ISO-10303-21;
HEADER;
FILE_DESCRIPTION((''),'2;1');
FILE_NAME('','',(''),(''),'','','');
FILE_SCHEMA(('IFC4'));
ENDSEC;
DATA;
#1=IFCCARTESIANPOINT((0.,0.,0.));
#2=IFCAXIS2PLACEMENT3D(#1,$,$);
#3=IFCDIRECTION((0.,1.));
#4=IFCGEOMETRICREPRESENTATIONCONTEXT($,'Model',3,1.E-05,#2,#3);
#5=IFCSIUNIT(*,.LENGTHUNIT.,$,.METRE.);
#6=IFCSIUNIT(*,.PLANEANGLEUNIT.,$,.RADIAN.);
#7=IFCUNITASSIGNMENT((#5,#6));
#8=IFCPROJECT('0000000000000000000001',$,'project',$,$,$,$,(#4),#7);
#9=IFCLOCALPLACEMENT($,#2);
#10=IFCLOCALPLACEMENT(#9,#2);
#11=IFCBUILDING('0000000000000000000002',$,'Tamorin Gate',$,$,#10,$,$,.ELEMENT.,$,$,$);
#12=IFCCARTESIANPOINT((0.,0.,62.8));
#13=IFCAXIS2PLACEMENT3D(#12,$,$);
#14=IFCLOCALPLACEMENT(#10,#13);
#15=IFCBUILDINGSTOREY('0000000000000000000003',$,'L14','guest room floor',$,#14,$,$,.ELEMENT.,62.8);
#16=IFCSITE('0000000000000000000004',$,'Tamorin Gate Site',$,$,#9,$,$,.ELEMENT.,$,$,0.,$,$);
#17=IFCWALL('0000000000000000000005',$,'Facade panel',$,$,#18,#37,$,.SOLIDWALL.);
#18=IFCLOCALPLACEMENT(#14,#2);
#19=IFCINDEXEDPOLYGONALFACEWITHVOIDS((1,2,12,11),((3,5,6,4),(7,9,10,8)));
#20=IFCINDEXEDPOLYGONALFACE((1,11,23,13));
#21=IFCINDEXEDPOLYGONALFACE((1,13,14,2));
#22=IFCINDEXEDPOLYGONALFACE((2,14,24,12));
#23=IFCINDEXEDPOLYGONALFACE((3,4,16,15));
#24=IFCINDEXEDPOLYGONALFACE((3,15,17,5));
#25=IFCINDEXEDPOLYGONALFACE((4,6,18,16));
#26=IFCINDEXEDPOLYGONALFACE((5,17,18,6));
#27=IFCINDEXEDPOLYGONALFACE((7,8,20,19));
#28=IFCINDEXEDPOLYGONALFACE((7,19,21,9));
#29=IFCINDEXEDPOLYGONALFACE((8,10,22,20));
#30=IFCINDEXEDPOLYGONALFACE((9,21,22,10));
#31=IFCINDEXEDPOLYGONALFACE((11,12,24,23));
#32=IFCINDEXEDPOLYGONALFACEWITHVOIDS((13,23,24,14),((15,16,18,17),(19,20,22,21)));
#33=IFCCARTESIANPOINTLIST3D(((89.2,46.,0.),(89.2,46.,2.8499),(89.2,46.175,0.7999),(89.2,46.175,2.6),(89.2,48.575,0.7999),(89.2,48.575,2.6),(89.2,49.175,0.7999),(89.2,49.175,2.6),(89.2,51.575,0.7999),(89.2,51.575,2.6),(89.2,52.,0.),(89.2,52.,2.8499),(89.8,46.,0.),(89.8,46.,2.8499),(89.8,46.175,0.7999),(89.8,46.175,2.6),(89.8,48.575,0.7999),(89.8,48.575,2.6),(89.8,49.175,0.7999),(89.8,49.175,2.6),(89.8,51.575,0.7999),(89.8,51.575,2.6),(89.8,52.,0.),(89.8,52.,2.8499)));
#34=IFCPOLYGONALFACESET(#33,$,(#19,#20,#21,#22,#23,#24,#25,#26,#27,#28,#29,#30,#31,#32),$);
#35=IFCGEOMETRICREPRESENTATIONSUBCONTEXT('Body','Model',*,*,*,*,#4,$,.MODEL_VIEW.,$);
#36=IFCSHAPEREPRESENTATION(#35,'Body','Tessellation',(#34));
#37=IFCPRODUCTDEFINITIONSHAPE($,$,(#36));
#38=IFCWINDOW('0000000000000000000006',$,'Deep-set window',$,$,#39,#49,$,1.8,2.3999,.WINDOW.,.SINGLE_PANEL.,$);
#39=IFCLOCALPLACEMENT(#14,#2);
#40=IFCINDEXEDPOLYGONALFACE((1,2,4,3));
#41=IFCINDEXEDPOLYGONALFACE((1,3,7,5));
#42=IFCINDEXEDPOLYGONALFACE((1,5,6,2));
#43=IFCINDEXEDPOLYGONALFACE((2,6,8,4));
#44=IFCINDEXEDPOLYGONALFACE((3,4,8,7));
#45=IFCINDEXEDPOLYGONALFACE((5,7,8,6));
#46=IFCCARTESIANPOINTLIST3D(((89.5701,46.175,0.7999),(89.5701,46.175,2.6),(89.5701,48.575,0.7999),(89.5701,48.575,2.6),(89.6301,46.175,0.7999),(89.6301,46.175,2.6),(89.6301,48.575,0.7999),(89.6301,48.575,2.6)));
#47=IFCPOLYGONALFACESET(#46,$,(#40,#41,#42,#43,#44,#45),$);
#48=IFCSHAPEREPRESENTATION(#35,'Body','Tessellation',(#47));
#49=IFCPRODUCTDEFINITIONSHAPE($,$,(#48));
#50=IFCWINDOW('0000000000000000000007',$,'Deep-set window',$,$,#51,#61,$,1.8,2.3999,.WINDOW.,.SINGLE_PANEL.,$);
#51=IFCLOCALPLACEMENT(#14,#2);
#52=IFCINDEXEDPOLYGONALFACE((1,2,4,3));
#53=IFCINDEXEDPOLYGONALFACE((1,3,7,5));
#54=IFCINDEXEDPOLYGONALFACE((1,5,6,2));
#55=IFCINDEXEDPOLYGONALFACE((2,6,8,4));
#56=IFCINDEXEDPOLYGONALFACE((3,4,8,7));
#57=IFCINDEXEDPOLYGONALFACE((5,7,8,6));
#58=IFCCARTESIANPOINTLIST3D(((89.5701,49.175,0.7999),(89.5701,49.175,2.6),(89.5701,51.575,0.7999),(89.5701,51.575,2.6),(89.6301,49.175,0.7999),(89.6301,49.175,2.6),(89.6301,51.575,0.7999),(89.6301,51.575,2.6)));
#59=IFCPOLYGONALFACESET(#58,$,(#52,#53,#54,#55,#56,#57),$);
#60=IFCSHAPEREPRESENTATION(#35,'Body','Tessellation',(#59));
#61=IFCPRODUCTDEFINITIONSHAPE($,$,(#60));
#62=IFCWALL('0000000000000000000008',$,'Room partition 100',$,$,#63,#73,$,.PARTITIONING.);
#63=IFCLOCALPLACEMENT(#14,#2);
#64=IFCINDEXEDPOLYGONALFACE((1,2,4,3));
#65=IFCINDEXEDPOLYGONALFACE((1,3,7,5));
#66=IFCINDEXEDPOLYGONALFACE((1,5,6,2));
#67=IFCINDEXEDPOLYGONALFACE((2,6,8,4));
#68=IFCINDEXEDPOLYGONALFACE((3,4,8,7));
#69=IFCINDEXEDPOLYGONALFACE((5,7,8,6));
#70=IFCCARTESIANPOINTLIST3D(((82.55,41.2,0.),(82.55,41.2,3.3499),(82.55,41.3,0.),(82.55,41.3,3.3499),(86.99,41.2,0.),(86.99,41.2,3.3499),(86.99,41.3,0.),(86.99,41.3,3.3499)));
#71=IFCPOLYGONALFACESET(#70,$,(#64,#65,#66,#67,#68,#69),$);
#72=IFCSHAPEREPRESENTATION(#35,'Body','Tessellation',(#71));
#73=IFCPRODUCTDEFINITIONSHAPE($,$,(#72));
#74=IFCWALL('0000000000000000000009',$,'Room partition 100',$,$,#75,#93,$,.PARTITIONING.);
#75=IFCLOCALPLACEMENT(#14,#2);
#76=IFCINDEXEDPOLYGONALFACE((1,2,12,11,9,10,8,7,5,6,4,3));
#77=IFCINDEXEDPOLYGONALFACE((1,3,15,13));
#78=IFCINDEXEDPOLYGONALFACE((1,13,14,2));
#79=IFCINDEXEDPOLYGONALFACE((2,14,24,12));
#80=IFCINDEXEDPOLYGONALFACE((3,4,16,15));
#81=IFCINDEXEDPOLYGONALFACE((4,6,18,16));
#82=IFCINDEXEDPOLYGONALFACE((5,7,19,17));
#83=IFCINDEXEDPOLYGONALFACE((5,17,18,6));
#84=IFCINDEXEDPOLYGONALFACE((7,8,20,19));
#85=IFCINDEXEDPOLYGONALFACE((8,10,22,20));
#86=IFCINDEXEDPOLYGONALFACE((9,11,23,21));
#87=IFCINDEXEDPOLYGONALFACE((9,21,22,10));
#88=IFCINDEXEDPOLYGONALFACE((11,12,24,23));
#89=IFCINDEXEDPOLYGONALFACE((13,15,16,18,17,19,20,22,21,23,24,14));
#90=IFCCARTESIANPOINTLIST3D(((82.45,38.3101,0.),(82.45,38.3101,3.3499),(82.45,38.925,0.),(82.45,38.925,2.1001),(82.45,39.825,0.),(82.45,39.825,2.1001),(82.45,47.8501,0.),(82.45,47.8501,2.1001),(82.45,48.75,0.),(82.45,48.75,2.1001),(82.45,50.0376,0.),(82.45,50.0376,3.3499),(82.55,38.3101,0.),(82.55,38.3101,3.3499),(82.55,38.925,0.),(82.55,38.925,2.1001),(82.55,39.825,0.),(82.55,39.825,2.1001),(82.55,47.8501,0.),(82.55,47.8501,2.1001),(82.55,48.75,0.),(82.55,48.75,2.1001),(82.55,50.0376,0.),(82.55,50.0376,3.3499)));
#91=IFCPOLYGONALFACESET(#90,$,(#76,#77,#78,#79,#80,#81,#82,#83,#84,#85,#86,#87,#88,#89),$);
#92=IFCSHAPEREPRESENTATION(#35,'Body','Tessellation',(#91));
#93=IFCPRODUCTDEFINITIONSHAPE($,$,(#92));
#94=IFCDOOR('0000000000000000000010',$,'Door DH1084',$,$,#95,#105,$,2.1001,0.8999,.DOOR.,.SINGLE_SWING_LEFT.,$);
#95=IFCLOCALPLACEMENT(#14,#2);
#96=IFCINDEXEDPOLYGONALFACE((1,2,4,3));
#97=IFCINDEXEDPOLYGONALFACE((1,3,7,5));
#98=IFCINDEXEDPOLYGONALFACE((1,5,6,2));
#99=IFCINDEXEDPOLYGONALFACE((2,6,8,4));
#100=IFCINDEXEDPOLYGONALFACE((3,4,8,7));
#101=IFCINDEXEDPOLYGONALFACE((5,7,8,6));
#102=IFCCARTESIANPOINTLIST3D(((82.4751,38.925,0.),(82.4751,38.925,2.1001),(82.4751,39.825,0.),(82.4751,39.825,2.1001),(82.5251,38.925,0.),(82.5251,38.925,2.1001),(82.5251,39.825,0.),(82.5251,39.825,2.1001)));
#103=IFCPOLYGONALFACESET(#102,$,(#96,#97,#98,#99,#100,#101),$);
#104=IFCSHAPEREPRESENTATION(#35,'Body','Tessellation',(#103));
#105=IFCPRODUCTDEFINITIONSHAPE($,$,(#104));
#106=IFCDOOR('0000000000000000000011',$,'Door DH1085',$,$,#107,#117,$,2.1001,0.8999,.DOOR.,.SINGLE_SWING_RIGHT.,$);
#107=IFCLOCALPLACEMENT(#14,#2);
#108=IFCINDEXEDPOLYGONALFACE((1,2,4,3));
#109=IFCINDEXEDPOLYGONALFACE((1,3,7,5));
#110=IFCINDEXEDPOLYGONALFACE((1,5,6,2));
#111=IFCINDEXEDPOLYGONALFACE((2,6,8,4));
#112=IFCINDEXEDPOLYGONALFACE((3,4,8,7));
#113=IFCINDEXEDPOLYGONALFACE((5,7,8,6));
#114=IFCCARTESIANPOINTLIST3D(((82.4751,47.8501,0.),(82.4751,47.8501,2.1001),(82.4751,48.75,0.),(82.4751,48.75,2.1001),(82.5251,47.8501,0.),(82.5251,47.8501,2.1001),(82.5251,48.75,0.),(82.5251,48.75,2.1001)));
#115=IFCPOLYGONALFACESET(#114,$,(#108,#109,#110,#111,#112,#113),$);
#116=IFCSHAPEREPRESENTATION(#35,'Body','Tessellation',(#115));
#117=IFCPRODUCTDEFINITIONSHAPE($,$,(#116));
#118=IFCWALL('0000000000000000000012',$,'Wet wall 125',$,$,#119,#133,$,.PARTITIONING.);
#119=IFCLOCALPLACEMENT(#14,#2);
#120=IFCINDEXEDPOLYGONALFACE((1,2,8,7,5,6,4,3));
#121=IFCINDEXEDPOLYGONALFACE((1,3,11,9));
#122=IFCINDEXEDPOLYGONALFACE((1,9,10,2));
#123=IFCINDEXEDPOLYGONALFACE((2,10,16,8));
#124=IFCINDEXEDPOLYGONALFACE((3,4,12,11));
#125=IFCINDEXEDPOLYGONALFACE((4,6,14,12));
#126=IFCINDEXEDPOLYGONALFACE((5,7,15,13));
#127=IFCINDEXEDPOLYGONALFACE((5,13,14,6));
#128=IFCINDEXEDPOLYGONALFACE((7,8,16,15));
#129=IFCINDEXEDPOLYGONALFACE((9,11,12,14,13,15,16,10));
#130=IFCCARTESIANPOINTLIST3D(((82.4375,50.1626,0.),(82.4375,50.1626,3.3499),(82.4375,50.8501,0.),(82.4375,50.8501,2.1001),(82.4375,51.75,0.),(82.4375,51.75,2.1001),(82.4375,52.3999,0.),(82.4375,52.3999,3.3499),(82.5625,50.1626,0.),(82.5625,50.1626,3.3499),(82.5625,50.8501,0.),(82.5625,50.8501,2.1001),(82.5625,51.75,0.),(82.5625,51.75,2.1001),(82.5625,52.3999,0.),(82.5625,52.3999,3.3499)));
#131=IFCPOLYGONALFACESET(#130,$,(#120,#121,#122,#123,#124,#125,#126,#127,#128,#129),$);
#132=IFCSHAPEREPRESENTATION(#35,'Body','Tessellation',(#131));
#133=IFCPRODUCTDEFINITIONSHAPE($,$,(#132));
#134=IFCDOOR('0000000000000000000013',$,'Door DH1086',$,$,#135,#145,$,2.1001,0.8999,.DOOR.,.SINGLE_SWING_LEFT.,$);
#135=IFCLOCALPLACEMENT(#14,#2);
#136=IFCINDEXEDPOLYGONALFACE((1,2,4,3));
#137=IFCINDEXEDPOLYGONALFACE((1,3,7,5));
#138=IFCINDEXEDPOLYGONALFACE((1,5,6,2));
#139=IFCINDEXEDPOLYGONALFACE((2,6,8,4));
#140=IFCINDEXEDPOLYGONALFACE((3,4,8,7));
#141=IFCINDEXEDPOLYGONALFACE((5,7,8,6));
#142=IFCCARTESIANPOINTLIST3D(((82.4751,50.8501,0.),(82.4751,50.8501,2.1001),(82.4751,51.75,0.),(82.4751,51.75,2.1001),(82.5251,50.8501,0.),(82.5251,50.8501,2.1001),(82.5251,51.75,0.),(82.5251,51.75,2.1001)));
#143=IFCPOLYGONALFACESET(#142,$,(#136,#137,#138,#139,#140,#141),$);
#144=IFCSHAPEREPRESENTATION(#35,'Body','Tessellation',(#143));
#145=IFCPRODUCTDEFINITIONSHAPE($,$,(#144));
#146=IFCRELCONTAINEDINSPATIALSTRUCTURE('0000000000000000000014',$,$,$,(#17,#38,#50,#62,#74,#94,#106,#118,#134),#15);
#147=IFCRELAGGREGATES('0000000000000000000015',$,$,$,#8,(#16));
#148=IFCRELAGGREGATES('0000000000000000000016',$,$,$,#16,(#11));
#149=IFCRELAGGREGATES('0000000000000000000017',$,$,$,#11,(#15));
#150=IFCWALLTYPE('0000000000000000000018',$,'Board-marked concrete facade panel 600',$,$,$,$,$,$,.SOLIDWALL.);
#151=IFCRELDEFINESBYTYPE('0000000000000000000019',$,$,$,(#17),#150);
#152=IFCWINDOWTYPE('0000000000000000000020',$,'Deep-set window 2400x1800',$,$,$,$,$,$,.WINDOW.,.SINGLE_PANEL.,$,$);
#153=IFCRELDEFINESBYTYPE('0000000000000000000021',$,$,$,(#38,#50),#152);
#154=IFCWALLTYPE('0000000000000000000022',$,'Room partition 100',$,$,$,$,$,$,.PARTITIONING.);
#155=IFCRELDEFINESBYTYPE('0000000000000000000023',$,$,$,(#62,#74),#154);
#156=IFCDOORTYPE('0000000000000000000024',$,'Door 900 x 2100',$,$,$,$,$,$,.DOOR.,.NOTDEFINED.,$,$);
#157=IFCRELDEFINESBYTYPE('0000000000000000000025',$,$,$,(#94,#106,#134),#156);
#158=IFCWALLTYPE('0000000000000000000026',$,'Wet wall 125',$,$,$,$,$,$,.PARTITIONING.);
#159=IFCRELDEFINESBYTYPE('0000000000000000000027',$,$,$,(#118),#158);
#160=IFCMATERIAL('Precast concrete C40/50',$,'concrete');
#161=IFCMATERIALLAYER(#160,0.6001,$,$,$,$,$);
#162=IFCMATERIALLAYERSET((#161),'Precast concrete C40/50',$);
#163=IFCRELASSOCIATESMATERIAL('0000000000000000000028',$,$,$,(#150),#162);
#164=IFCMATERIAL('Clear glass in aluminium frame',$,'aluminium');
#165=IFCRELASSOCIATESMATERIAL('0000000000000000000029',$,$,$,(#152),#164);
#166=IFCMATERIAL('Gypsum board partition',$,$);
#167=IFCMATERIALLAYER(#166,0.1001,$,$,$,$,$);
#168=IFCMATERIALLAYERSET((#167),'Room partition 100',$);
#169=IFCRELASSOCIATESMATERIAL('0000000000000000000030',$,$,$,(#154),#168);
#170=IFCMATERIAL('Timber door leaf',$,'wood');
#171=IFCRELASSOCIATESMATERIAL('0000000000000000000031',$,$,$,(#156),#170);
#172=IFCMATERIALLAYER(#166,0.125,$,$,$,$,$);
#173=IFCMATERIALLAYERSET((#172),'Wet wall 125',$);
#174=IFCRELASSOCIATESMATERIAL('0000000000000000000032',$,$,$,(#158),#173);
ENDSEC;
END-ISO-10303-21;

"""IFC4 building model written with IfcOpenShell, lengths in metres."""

from ifc_helpers import new_model, si_unit, direction, frame, frame_2d, origin, place, context, subcontext, project, spatial, rectangle, extrude, material, layer, layer_set, type_object, element, fill, save


model = new_model("IFC4")

# Units and contexts
model_context = context("Model", 3, precision=1e-05, world=origin(), true_north=direction((0.0, 1.0)))
body_context = subcontext(model_context, "Body", "Model", "MODEL_VIEW")
ifc_project = project(units=[si_unit("LENGTHUNIT", "METRE"), si_unit("PLANEANGLEUNIT", "RADIAN")], contexts=[model_context])

# Site, building, storey
site_placement = place(None, origin())
site = spatial("IfcSite", under=ifc_project, at=site_placement, Name="Tamorin Gate Site", CompositionType="ELEMENT", RefElevation=0.0)
building_placement = place(site_placement, origin())
building = spatial("IfcBuilding", under=site, at=building_placement, Name="Tamorin Gate", CompositionType="ELEMENT")
storey_placement = place(building_placement, frame((0.0, 0.0, 62.8)))
storey = spatial("IfcBuildingStorey", under=building, at=storey_placement, Name="L14", Description="guest room floor", CompositionType="ELEMENT", Elevation=62.8)

# Shared definitions
ifc_material_1 = material(Name="Precast concrete C40/50", Category="concrete")
ifc_layer_1 = layer(ifc_material_1, 0.6001)
ifc_layer_set_1 = layer_set([ifc_layer_1], Name="Precast concrete C40/50")
wall_type_1 = type_object("IfcWallType", Name="Board-marked concrete facade panel 600", PredefinedType="SOLIDWALL", material=ifc_layer_set_1)
ifc_material_2 = material(Name="Clear glass in aluminium frame", Category="aluminium")
window_type = type_object("IfcWindowType", Name="Deep-set window 2400x1800", PartitioningType="SINGLE_PANEL", PredefinedType="WINDOW", material=ifc_material_2)

# Wall, openings, windows
wall_1_placement = place(storey_placement, frame((89.5, 46.0, 0.0), z_axis=(0.0, 0.0, 1.0), x_axis=(0.0, 1.0, 0.0)))
wall_1 = element("IfcWall", 1, at=wall_1_placement, inside=storey, type_object=wall_type_1, Name="Facade panel", PredefinedType="SOLIDWALL", context=body_context, shape_type="SweptSolid", body=[
    extrude(rectangle(XDim=6.0, YDim=0.6001, at=frame_2d((3.0, 0.0))), origin(), (0.0, 0.0, 1.0), 2.8499),
])
opening_1_placement = place(wall_1_placement, frame((0.175, 0.0, 0.8)))
opening_1 = element("IfcOpeningElement", 2, at=opening_1_placement, cuts=wall_1, PredefinedType="OPENING", context=body_context, shape_type="SweptSolid", body=[
    extrude(rectangle(XDim=2.3999, YDim=1.8, at=frame_2d((1.2, 0.8999))), frame((0.0, 0.3101, 0.0), z_axis=(0.0, -1.0, 0.0), x_axis=(1.0, 0.0, 0.0)), (0.0, 0.0, 1.0), 0.6201),
])
opening_2_placement = place(wall_1_placement, frame((3.175, 0.0, 0.8)))
opening_2 = element("IfcOpeningElement", 3, at=opening_2_placement, cuts=wall_1, PredefinedType="OPENING", context=body_context, shape_type="SweptSolid", body=[
    extrude(rectangle(XDim=2.3999, YDim=1.8, at=frame_2d((1.2, 0.8999))), frame((0.0, 0.3101, 0.0), z_axis=(0.0, -1.0, 0.0), x_axis=(1.0, 0.0, 0.0)), (0.0, 0.0, 1.0), 0.6201),
])
window_1_placement = place(opening_1_placement, origin())
window_1 = element("IfcWindow", 4, at=window_1_placement, inside=storey, type_object=window_type, Name="Deep-set window", OverallHeight=1.8, OverallWidth=2.3999, PartitioningType="SINGLE_PANEL", PredefinedType="WINDOW", context=body_context, shape_type="SweptSolid", body=[
    extrude(rectangle(XDim=2.3999, YDim=1.8, at=frame_2d((1.2, 0.8999))), frame((0.0, -0.0701, 0.0), z_axis=(0.0, -1.0, 0.0), x_axis=(1.0, 0.0, 0.0)), (0.0, 0.0, 1.0), 0.0601),
])
fill(opening_1, window_1)
window_2_placement = place(opening_2_placement, origin())
window_2 = element("IfcWindow", 5, at=window_2_placement, inside=storey, type_object=window_type, Name="Deep-set window", OverallHeight=1.8, OverallWidth=2.3999, PartitioningType="SINGLE_PANEL", PredefinedType="WINDOW", context=body_context, shape_type="SweptSolid", body=[
    extrude(rectangle(XDim=2.3999, YDim=1.8, at=frame_2d((1.2, 0.8999))), frame((0.0, -0.0701, 0.0), z_axis=(0.0, -1.0, 0.0), x_axis=(1.0, 0.0, 0.0)), (0.0, 0.0, 1.0), 0.0601),
])
fill(opening_2, window_2)

# Wall
ifc_material_3 = material(Name="Gypsum board partition")
ifc_layer_2 = layer(ifc_material_3, 0.1001)
ifc_layer_set_2 = layer_set([ifc_layer_2], Name="Room partition 100")
wall_type_2 = type_object("IfcWallType", Name="Room partition 100", PredefinedType="PARTITIONING", material=ifc_layer_set_2)
wall_2_placement = place(storey_placement, frame((82.55, 41.25, 0.0), z_axis=(0.0, 0.0, 1.0), x_axis=(1.0, 0.0, 0.0)))
element("IfcWall", 6, at=wall_2_placement, inside=storey, type_object=wall_type_2, Name="Room partition 100", PredefinedType="PARTITIONING", context=body_context, shape_type="SweptSolid", body=[
    extrude(rectangle(XDim=4.4399, YDim=0.1001, at=frame_2d((2.22, 0.0))), origin(), (0.0, 0.0, 1.0), 3.3499),
])

# Wall, openings, doors
wall_3_placement = place(storey_placement, frame((82.5, 38.3101, 0.0), z_axis=(0.0, 0.0, 1.0), x_axis=(0.0, 1.0, 0.0)))
wall_3 = element("IfcWall", 7, at=wall_3_placement, inside=storey, type_object=wall_type_2, Name="Room partition 100", PredefinedType="PARTITIONING", context=body_context, shape_type="SweptSolid", body=[
    extrude(rectangle(XDim=11.7275, YDim=0.1001, at=frame_2d((5.8638, 0.0))), origin(), (0.0, 0.0, 1.0), 3.3499),
])
opening_3_placement = place(wall_3_placement, frame((0.615, 0.0, 0.0)))
opening_3 = element("IfcOpeningElement", 8, at=opening_3_placement, cuts=wall_3, PredefinedType="OPENING", context=body_context, shape_type="SweptSolid", body=[
    extrude(rectangle(XDim=0.8999, YDim=2.1001, at=frame_2d((0.45, 1.05))), frame((0.0, 0.0601, 0.0), z_axis=(0.0, -1.0, 0.0), x_axis=(1.0, 0.0, 0.0)), (0.0, 0.0, 1.0), 0.1201),
])
opening_4_placement = place(wall_3_placement, frame((9.54, 0.0, 0.0)))
opening_4 = element("IfcOpeningElement", 9, at=opening_4_placement, cuts=wall_3, PredefinedType="OPENING", context=body_context, shape_type="SweptSolid", body=[
    extrude(rectangle(XDim=0.8999, YDim=2.1001, at=frame_2d((0.45, 1.05))), frame((0.0, 0.0601, 0.0), z_axis=(0.0, -1.0, 0.0), x_axis=(1.0, 0.0, 0.0)), (0.0, 0.0, 1.0), 0.1201),
])
ifc_material_4 = material(Name="Timber door leaf", Category="wood")
door_type = type_object("IfcDoorType", Name="Door 900 x 2100", OperationType="NOTDEFINED", PredefinedType="DOOR", material=ifc_material_4)
door_1_placement = place(opening_3_placement, origin())
door_1 = element("IfcDoor", 10, at=door_1_placement, inside=storey, type_object=door_type, Name="Door DH1084", OperationType="SINGLE_SWING_LEFT", OverallHeight=2.1001, OverallWidth=0.8999, PredefinedType="DOOR", context=body_context, shape_type="SweptSolid", body=[
    extrude(rectangle(XDim=0.8999, YDim=2.1001, at=frame_2d((0.45, 1.05))), frame((0.0, 0.0249, 0.0), z_axis=(0.0, -1.0, 0.0), x_axis=(1.0, 0.0, 0.0)), (0.0, 0.0, 1.0), 0.05),
])
fill(opening_3, door_1)
door_2_placement = place(opening_4_placement, origin())
door_2 = element("IfcDoor", 11, at=door_2_placement, inside=storey, type_object=door_type, Name="Door DH1085", OperationType="SINGLE_SWING_RIGHT", OverallHeight=2.1001, OverallWidth=0.8999, PredefinedType="DOOR", context=body_context, shape_type="SweptSolid", body=[
    extrude(rectangle(XDim=0.8999, YDim=2.1001, at=frame_2d((0.45, 1.05))), frame((0.0, 0.0249, 0.0), z_axis=(0.0, -1.0, 0.0), x_axis=(1.0, 0.0, 0.0)), (0.0, 0.0, 1.0), 0.05),
])
fill(opening_4, door_2)

# Wall, opening, door
ifc_layer_3 = layer(ifc_material_3, 0.125)
ifc_layer_set_3 = layer_set([ifc_layer_3], Name="Wet wall 125")
wall_type_3 = type_object("IfcWallType", Name="Wet wall 125", PredefinedType="PARTITIONING", material=ifc_layer_set_3)
wall_4_placement = place(storey_placement, frame((82.5, 50.1626, 0.0), z_axis=(0.0, 0.0, 1.0), x_axis=(0.0, 1.0, 0.0)))
wall_4 = element("IfcWall", 12, at=wall_4_placement, inside=storey, type_object=wall_type_3, Name="Wet wall 125", PredefinedType="PARTITIONING", context=body_context, shape_type="SweptSolid", body=[
    extrude(rectangle(XDim=2.2373, YDim=0.125, at=frame_2d((1.1187, 0.0))), origin(), (0.0, 0.0, 1.0), 3.3499),
])
opening_5_placement = place(wall_4_placement, frame((0.6875, 0.0, 0.0)))
opening_5 = element("IfcOpeningElement", 13, at=opening_5_placement, cuts=wall_4, PredefinedType="OPENING", context=body_context, shape_type="SweptSolid", body=[
    extrude(rectangle(XDim=0.8999, YDim=2.1001, at=frame_2d((0.45, 1.05))), frame((0.0, 0.0725, 0.0), z_axis=(0.0, -1.0, 0.0), x_axis=(1.0, 0.0, 0.0)), (0.0, 0.0, 1.0), 0.145),
])
door_3_placement = place(opening_5_placement, origin())
door_3 = element("IfcDoor", 14, at=door_3_placement, inside=storey, type_object=door_type, Name="Door DH1086", OperationType="SINGLE_SWING_LEFT", OverallHeight=2.1001, OverallWidth=0.8999, PredefinedType="DOOR", context=body_context, shape_type="SweptSolid", body=[
    extrude(rectangle(XDim=0.8999, YDim=2.1001, at=frame_2d((0.45, 1.05))), frame((0.0, 0.0249, 0.0), z_axis=(0.0, -1.0, 0.0), x_axis=(1.0, 0.0, 0.0)), (0.0, 0.0, 1.0), 0.05),
])
fill(opening_5, door_3)

save(model, "model.ifc")
